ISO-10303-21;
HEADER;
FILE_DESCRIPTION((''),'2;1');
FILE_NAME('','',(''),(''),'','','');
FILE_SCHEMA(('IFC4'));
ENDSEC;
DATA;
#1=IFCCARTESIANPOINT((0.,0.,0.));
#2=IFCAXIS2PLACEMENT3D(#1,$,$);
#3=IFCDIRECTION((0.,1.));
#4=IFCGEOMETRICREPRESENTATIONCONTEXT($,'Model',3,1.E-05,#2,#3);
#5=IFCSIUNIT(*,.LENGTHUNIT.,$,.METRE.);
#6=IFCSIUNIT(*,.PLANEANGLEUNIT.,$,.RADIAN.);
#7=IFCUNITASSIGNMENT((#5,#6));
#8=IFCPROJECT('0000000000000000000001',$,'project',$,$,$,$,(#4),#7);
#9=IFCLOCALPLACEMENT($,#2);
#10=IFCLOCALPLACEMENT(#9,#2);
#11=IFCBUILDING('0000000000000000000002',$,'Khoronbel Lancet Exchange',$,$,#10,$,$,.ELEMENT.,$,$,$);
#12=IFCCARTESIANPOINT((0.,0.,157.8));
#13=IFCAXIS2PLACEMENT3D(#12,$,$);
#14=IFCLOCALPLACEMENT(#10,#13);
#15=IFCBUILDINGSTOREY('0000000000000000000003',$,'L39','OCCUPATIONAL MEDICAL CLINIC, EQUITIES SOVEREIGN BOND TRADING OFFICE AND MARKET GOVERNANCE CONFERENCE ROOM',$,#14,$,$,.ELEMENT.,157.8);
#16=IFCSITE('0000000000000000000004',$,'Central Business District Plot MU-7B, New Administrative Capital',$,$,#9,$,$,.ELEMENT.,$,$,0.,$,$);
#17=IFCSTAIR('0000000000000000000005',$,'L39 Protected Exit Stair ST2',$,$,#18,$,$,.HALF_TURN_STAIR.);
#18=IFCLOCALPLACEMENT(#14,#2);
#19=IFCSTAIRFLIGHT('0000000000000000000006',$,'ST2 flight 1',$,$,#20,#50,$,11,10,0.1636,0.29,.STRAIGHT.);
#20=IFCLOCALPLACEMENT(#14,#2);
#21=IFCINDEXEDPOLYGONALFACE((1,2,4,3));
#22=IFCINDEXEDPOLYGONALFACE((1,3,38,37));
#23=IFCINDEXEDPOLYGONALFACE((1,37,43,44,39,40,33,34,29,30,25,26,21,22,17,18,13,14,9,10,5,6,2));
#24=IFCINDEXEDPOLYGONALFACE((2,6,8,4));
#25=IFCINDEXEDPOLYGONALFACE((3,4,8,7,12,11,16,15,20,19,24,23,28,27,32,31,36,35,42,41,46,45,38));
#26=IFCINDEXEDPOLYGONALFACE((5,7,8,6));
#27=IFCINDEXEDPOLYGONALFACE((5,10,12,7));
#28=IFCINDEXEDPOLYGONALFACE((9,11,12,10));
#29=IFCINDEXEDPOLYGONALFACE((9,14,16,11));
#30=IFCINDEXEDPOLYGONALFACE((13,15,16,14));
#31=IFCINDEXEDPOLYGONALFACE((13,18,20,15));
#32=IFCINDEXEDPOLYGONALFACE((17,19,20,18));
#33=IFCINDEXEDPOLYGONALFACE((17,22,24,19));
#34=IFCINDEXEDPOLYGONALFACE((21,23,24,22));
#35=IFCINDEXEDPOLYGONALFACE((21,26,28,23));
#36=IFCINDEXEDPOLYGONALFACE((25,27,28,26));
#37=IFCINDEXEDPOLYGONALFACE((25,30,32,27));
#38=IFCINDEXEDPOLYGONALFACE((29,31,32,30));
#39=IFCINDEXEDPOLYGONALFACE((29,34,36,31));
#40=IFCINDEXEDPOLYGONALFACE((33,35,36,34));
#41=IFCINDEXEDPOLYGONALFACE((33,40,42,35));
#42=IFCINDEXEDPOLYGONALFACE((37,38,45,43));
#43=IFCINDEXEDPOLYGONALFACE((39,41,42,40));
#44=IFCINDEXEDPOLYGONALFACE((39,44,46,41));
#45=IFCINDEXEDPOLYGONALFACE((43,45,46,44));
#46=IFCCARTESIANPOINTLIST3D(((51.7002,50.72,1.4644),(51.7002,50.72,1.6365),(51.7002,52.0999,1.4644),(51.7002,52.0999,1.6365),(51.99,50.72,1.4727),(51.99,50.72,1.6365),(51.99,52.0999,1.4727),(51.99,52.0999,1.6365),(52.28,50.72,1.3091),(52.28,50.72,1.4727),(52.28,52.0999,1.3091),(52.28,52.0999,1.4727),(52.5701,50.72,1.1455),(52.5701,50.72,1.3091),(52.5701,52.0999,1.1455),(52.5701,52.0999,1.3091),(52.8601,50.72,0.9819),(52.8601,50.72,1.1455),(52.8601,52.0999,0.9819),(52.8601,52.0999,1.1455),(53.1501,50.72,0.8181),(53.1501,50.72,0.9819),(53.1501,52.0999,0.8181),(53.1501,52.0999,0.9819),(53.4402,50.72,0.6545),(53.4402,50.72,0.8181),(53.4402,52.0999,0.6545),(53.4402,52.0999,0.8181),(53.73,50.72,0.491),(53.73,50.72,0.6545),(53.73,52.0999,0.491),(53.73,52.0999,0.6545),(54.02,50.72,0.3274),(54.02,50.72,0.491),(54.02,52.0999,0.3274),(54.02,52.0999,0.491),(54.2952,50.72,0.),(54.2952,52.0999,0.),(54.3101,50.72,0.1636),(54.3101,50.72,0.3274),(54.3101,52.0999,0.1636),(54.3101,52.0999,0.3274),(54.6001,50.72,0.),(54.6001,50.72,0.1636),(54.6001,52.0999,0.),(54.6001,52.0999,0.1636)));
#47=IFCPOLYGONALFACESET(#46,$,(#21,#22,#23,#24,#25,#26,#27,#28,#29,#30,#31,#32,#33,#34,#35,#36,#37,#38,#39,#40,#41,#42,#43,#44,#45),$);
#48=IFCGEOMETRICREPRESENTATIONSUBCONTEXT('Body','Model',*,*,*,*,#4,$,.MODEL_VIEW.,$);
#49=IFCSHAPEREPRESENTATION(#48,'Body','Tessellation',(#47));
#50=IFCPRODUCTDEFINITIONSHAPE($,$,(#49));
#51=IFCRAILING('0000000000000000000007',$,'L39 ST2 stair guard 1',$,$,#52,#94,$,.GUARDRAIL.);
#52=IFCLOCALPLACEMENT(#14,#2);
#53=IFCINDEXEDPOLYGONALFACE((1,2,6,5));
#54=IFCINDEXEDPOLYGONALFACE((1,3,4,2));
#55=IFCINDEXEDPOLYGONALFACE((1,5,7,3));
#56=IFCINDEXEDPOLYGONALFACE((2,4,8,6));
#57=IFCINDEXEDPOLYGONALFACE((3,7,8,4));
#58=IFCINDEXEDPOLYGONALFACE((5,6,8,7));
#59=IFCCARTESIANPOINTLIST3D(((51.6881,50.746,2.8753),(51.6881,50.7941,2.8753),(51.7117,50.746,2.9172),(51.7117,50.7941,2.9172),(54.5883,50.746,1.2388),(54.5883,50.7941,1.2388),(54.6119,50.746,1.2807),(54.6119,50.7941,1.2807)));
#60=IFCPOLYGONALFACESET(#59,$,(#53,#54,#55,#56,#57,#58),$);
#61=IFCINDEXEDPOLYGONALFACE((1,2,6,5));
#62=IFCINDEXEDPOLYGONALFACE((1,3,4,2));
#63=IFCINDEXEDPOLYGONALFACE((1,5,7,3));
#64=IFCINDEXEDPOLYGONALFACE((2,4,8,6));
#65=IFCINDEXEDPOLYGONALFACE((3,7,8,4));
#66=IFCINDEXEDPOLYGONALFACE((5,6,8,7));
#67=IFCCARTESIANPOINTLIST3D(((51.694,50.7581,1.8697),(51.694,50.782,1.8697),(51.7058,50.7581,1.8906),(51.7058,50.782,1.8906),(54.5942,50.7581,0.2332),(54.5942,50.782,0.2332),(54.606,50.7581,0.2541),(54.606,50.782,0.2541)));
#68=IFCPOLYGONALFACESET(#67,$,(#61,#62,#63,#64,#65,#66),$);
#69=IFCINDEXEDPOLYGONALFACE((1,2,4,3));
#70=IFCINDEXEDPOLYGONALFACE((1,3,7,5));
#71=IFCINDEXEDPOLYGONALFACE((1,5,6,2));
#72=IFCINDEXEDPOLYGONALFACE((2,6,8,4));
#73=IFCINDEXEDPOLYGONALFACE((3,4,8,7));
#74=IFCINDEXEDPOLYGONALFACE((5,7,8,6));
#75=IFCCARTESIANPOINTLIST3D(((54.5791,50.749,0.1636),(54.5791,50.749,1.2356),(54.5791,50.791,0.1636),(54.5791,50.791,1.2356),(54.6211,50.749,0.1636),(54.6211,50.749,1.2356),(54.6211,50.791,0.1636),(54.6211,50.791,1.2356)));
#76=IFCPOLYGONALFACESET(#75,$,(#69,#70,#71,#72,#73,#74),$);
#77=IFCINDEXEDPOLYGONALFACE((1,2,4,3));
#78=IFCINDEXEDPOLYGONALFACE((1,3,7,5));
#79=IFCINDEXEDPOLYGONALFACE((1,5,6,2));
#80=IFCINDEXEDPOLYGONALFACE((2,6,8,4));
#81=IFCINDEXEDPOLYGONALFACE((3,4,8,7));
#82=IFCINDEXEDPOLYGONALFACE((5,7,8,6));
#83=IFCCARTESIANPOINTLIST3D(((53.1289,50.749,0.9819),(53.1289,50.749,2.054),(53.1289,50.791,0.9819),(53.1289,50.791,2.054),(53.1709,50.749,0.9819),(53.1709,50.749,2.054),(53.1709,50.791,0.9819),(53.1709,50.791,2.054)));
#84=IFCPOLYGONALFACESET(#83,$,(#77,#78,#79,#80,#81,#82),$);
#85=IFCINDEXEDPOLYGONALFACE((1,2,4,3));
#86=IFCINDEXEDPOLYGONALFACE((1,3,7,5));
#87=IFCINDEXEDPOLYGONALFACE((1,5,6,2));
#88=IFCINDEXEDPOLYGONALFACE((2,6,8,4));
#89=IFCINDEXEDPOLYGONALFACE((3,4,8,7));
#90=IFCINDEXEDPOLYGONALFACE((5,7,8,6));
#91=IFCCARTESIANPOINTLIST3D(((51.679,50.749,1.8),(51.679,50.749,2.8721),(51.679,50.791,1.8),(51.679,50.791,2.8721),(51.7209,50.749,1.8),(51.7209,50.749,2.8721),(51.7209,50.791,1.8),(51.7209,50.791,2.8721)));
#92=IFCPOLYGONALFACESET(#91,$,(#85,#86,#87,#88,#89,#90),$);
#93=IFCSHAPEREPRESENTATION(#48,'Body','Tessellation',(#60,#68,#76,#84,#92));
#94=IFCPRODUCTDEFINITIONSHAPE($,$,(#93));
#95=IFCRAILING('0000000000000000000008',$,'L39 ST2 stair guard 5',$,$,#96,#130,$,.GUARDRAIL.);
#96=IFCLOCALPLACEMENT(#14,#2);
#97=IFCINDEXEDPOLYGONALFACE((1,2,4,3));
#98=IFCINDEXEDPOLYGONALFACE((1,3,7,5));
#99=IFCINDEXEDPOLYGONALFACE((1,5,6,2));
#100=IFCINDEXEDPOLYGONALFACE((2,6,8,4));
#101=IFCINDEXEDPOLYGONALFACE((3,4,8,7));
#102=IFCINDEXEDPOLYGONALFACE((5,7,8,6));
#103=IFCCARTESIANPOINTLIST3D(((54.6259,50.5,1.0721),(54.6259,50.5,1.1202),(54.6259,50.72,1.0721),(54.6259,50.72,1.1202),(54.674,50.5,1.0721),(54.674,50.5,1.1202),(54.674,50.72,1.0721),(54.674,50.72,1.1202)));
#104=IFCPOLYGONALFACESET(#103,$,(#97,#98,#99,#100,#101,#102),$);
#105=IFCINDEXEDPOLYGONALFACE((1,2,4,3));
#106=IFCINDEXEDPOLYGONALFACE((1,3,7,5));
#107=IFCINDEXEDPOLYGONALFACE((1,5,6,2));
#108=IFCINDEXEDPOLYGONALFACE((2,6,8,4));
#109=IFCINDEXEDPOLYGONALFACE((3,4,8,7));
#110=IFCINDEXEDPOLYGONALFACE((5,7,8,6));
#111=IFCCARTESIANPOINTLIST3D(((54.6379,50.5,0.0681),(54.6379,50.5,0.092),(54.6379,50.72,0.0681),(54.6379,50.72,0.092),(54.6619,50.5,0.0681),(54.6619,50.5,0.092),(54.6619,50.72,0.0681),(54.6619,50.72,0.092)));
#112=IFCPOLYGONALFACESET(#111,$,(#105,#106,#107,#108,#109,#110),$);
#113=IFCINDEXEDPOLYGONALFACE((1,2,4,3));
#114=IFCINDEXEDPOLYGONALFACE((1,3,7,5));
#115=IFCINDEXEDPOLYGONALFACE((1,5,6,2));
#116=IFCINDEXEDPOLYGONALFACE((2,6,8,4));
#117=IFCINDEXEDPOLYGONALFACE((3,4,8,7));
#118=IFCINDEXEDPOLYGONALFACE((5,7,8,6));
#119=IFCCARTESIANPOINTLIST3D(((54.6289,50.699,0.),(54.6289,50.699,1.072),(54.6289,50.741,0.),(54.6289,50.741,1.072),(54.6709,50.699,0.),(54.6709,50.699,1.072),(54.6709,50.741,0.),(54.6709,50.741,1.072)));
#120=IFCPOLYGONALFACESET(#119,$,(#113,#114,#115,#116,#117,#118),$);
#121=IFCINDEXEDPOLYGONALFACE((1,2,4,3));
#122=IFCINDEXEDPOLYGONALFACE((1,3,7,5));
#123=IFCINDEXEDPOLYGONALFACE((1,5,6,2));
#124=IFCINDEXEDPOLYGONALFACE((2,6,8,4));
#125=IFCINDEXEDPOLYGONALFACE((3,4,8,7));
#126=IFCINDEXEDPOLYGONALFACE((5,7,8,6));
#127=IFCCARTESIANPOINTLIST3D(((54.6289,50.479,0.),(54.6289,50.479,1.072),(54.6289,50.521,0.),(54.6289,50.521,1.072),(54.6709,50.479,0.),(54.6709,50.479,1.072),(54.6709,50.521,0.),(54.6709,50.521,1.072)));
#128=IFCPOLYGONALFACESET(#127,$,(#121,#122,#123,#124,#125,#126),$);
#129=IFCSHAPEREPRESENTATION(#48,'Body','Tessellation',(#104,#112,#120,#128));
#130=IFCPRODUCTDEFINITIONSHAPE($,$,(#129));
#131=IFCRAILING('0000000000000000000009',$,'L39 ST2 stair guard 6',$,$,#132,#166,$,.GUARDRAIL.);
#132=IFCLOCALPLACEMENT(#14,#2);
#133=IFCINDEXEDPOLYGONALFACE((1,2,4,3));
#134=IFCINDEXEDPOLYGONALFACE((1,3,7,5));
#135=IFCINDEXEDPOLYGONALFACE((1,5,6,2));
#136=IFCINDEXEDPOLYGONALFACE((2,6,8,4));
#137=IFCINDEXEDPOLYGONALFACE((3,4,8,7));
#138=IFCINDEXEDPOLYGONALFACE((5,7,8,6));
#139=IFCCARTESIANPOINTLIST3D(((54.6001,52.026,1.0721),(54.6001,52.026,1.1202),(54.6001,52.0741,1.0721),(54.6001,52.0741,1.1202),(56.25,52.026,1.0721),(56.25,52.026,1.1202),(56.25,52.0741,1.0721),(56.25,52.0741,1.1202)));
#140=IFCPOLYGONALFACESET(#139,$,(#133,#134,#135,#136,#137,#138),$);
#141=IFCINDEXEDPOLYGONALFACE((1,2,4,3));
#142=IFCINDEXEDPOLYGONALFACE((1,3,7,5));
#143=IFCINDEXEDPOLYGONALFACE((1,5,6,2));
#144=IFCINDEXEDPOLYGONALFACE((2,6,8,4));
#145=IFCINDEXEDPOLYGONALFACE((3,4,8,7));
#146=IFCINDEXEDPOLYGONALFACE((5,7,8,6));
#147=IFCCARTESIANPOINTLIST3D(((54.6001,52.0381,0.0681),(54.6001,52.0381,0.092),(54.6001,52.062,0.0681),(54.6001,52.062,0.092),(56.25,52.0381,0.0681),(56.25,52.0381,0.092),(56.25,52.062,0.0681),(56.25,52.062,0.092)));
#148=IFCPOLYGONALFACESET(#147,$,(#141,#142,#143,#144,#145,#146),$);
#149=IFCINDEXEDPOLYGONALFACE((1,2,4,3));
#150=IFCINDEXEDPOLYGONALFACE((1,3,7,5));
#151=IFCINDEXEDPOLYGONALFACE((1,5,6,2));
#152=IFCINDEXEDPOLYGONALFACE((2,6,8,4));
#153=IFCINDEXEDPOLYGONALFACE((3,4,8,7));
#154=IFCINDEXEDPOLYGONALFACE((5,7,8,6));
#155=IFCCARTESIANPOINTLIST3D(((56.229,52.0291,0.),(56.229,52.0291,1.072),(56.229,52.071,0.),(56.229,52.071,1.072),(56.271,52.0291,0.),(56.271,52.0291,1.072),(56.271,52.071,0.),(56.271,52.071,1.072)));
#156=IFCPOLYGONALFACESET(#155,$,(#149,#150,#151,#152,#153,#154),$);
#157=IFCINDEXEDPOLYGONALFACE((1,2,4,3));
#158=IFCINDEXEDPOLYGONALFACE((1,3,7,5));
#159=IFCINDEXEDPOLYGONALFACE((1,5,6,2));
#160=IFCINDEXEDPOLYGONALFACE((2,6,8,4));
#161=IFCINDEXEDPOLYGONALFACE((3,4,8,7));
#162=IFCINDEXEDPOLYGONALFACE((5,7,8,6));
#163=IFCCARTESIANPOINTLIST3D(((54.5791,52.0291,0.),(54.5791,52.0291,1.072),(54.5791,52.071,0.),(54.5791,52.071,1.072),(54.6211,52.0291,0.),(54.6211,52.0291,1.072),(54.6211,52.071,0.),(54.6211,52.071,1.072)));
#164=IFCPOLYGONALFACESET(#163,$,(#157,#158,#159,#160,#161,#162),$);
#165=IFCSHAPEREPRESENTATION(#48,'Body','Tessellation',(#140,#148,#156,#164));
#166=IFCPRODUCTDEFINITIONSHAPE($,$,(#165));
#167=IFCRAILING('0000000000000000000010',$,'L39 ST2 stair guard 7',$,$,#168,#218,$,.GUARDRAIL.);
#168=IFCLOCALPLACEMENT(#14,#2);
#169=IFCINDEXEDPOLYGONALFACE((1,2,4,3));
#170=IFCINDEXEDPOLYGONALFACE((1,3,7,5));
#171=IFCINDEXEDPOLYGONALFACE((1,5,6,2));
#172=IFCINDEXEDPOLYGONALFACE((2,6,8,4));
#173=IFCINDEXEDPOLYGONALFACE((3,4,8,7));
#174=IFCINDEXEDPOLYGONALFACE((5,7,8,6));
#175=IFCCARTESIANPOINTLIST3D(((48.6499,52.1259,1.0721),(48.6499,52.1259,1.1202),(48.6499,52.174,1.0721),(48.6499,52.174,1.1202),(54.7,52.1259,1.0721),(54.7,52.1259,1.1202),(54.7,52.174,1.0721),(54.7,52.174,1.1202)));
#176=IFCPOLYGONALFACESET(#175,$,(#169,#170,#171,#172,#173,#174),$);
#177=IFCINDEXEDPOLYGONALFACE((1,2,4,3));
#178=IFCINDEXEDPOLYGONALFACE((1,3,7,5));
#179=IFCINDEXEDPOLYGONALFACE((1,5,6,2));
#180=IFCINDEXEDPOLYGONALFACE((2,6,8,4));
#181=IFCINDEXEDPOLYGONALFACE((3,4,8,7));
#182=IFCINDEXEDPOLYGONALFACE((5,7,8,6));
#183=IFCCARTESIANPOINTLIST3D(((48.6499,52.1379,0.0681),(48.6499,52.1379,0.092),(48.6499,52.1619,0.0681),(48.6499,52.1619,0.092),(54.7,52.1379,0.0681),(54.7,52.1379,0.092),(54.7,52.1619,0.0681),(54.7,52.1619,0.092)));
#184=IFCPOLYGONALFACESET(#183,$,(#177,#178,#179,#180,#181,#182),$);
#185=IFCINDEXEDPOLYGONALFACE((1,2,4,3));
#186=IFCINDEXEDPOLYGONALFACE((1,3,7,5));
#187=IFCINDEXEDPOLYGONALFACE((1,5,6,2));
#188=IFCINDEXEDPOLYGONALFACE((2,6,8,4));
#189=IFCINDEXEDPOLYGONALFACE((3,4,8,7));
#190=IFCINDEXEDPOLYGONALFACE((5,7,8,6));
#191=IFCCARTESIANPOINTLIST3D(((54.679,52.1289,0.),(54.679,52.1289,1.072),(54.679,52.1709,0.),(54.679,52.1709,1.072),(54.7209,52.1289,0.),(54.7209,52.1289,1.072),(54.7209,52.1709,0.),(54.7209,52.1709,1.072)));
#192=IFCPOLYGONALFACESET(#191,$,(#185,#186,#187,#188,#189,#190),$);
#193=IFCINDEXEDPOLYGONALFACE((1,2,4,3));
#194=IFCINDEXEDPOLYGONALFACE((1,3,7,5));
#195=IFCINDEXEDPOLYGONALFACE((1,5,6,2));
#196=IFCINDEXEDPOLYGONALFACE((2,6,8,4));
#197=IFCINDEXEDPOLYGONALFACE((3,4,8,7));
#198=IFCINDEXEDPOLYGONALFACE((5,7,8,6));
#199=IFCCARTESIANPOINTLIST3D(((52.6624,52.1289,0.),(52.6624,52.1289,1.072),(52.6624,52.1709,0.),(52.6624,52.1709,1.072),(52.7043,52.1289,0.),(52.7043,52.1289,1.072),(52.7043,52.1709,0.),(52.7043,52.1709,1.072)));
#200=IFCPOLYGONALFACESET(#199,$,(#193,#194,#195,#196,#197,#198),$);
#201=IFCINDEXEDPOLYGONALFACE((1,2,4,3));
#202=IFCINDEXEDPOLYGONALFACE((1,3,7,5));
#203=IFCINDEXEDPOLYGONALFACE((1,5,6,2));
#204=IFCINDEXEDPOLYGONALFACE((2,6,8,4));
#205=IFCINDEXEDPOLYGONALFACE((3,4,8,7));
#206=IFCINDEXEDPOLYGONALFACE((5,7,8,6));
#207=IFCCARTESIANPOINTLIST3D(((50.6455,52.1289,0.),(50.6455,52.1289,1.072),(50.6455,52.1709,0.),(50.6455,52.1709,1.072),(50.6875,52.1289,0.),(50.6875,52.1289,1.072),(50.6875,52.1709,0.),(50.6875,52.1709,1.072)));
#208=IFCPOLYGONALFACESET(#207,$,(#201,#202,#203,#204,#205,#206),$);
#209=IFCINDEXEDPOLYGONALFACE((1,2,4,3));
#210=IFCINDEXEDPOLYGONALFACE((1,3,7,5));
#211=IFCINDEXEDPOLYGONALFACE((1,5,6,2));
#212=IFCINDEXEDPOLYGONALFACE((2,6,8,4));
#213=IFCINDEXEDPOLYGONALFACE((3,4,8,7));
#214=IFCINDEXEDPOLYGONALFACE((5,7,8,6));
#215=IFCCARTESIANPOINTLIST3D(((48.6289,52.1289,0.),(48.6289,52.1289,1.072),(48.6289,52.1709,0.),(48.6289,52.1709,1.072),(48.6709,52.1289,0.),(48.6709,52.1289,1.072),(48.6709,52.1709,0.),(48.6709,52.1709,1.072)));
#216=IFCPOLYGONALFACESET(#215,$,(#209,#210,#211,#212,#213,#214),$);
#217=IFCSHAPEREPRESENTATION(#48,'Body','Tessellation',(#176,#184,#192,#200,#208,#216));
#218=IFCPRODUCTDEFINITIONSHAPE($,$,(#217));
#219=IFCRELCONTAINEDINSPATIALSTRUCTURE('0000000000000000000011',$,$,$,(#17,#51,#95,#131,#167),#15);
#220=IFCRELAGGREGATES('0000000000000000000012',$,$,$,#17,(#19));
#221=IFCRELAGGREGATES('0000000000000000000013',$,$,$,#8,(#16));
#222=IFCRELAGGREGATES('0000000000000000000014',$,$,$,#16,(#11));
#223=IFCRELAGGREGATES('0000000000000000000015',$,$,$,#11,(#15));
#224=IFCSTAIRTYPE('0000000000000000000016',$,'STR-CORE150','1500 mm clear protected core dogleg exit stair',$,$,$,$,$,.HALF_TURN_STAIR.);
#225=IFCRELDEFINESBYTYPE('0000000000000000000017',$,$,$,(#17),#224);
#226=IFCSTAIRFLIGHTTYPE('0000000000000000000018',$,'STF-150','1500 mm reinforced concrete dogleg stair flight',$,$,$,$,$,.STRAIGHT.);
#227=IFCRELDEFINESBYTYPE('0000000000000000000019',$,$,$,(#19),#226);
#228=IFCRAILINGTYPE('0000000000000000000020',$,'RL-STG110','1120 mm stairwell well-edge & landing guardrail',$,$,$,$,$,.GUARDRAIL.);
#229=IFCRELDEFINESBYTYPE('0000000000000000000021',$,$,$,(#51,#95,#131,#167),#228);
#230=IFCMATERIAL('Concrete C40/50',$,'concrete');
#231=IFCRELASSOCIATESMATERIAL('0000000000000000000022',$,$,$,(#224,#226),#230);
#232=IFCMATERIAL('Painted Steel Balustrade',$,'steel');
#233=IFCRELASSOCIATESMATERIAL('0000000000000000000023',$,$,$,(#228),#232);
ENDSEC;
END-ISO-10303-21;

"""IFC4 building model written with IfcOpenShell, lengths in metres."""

from ifc_helpers import new_model, si_unit, direction, frame, origin, origin_2d, place, context, subcontext, project, spatial, polyline, rectangle, outline, extrude, material, type_object, element, aggregate, save


model = new_model("IFC4")

# Units and contexts
model_context = context("Model", 3, precision=1e-05, world=origin(), true_north=direction((0.0, 1.0)))
body_context = subcontext(model_context, "Body", "Model", "MODEL_VIEW")
ifc_project = project(units=[si_unit("LENGTHUNIT", "METRE"), si_unit("PLANEANGLEUNIT", "RADIAN")], contexts=[model_context])

# Site, building, storey
site_placement = place(None, origin())
site = spatial("IfcSite", under=ifc_project, at=site_placement, Name="Central Business District Plot MU-7B, New Administrative Capital", CompositionType="ELEMENT", RefElevation=0.0)
building_placement = place(site_placement, origin())
building = spatial("IfcBuilding", under=site, at=building_placement, Name="Khoronbel Lancet Exchange", CompositionType="ELEMENT")
storey_placement = place(building_placement, frame((0.0, 0.0, 157.8)))
storey = spatial("IfcBuildingStorey", under=building, at=storey_placement, Name="L39", Description="OCCUPATIONAL MEDICAL CLINIC, EQUITIES SOVEREIGN BOND TRADING OFFICE AND MARKET GOVERNANCE CONFERENCE ROOM", CompositionType="ELEMENT", Elevation=157.8)

# Stair, stair flight
ifc_material_1 = material(Name="Concrete C40/50", Category="concrete")
stair_type = type_object("IfcStairType", Name="STR-CORE150", Description="1500 mm clear protected core dogleg exit stair", PredefinedType="HALF_TURN_STAIR", material=ifc_material_1)
stair_placement = place(storey_placement, origin())
stair = element("IfcStair", 1, at=stair_placement, inside=storey, type_object=stair_type, Name="L39 Protected Exit Stair ST2", PredefinedType="HALF_TURN_STAIR")
stair_flight_type = type_object("IfcStairFlightType", Name="STF-150", Description="1500 mm reinforced concrete dogleg stair flight", PredefinedType="STRAIGHT", material=ifc_material_1)
stair_flight_placement = place(storey_placement, frame((54.6001, 51.4099, 0.0), z_axis=(0.0, 0.0, 1.0), x_axis=(-1.0, 0.0, 0.0)))
stair_flight = element("IfcStairFlight", 2, at=stair_flight_placement, type_object=stair_flight_type, Name="ST2 flight 1", NumberOfRisers=11, NumberOfTreads=10, PredefinedType="STRAIGHT", RiserHeight=0.1636, TreadLength=0.29, context=body_context, shape_type="SweptSolid", body=[
    extrude(outline(polyline([(0.0, 0.0), (0.0, 0.1636), (0.29, 0.1636), (0.29, 0.3274), (0.5801, 0.3274), (0.5801, 0.491), (0.8701, 0.491), (0.8701, 0.6545), (1.1599, 0.6545), (1.1599, 0.8181), (1.45, 0.8181), (1.45, 0.9819), (1.74, 0.9819), (1.74, 1.1455), (2.03, 1.1455), (2.03, 1.3091), (2.3201, 1.3091), (2.3201, 1.4727), (2.6101, 1.4727), (2.6101, 1.6365), (2.8999, 1.6365), (2.8999, 1.8), (2.8999, 1.4644), (0.3049, 0.0), (0.0, 0.0)])), frame((0.0, 0.6899, 0.0), z_axis=(0.0, -1.0, 0.0), x_axis=(1.0, 0.0, 0.0)), (0.0, 0.0, 1.0), 1.3799),
])
aggregate(stair, [stair_flight])

# Railings
ifc_material_2 = material(Name="Painted Steel Balustrade", Category="steel")
railing_type_1 = type_object("IfcRailingType", Name="RL-STG110", Description="1120 mm stairwell well-edge & landing guardrail", PredefinedType="GUARDRAIL", material=ifc_material_2)
railing_1_placement = place(storey_placement, frame((54.6001, 50.77, 0.1636)))
element("IfcRailing", 3, at=railing_1_placement, inside=storey, type_object=railing_type_1, Name="L39 ST2 stair guard 1", PredefinedType="GUARDRAIL", context=body_context, shape_type="SweptSolid", body=[
    extrude(rectangle(XDim=0.0481, YDim=0.0481, at=origin_2d()), frame((0.0, 0.0, 1.0962), z_axis=(-0.870915, 0.0, 0.491434), x_axis=(0.0, -1.0, 0.0)), (0.0, 0.0, 1.0), 3.3301),
    extrude(rectangle(XDim=0.0239, YDim=0.0239, at=origin_2d()), frame((0.0, 0.0, 0.0801), z_axis=(-0.870915, 0.0, 0.491434), x_axis=(0.0, -1.0, 0.0)), (0.0, 0.0, 1.0), 3.3301),
    extrude(rectangle(XDim=0.042, YDim=0.042, at=origin_2d()), origin(), (0.0, 0.0, 1.0), 1.072),
    extrude(rectangle(XDim=0.042, YDim=0.042, at=origin_2d()), frame((-1.4502, 0.0, 0.8184)), (0.0, 0.0, 1.0), 1.072),
    extrude(rectangle(XDim=0.042, YDim=0.042, at=origin_2d()), frame((-2.9001, 0.0, 1.6365)), (0.0, 0.0, 1.0), 1.072),
])
railing_2_placement = place(storey_placement, frame((54.6499, 50.72, 0.0)))
element("IfcRailing", 4, at=railing_2_placement, inside=storey, type_object=railing_type_1, Name="L39 ST2 stair guard 5", PredefinedType="GUARDRAIL", context=body_context, shape_type="SweptSolid", body=[
    extrude(rectangle(XDim=0.0481, YDim=0.0481, at=origin_2d()), frame((0.0, 0.0, 1.0962), z_axis=(0.0, -1.0, 0.0), x_axis=(1.0, 0.0, 0.0)), (0.0, 0.0, 1.0), 0.22),
    extrude(rectangle(XDim=0.0239, YDim=0.0239, at=origin_2d()), frame((0.0, 0.0, 0.0801), z_axis=(0.0, -1.0, 0.0), x_axis=(1.0, 0.0, 0.0)), (0.0, 0.0, 1.0), 0.22),
    extrude(rectangle(XDim=0.042, YDim=0.042, at=origin_2d()), origin(), (0.0, 0.0, 1.0), 1.072),
    extrude(rectangle(XDim=0.042, YDim=0.042, at=origin_2d()), frame((0.0, -0.22, 0.0)), (0.0, 0.0, 1.0), 1.072),
])
railing_3_placement = place(storey_placement, frame((56.25, 52.05, 0.0)))
element("IfcRailing", 5, at=railing_3_placement, inside=storey, type_object=railing_type_1, Name="L39 ST2 stair guard 6", PredefinedType="GUARDRAIL", context=body_context, shape_type="SweptSolid", body=[
    extrude(rectangle(XDim=0.0481, YDim=0.0481, at=origin_2d()), frame((0.0, 0.0, 1.0962), z_axis=(-1.0, 0.0, 0.0), x_axis=(0.0, -1.0, 0.0)), (0.0, 0.0, 1.0), 1.6499),
    extrude(rectangle(XDim=0.0239, YDim=0.0239, at=origin_2d()), frame((0.0, 0.0, 0.0801), z_axis=(-1.0, 0.0, 0.0), x_axis=(0.0, -1.0, 0.0)), (0.0, 0.0, 1.0), 1.6499),
    extrude(rectangle(XDim=0.042, YDim=0.042, at=origin_2d()), origin(), (0.0, 0.0, 1.0), 1.072),
    extrude(rectangle(XDim=0.042, YDim=0.042, at=origin_2d()), frame((-1.6499, 0.0, 0.0)), (0.0, 0.0, 1.0), 1.072),
])
railing_4_placement = place(storey_placement, frame((54.7, 52.1499, 0.0)))
element("IfcRailing", 6, at=railing_4_placement, inside=storey, type_object=railing_type_1, Name="L39 ST2 stair guard 7", PredefinedType="GUARDRAIL", context=body_context, shape_type="SweptSolid", body=[
    extrude(rectangle(XDim=0.0481, YDim=0.0481, at=origin_2d()), frame((0.0, 0.0, 1.0962), z_axis=(-1.0, 0.0, 0.0), x_axis=(0.0, -1.0, 0.0)), (0.0, 0.0, 1.0), 6.05),
    extrude(rectangle(XDim=0.0239, YDim=0.0239, at=origin_2d()), frame((0.0, 0.0, 0.0801), z_axis=(-1.0, 0.0, 0.0), x_axis=(0.0, -1.0, 0.0)), (0.0, 0.0, 1.0), 6.05),
    extrude(rectangle(XDim=0.042, YDim=0.042, at=origin_2d()), origin(), (0.0, 0.0, 1.0), 1.072),
    extrude(rectangle(XDim=0.042, YDim=0.042, at=origin_2d()), frame((-2.0166, 0.0, 0.0)), (0.0, 0.0, 1.0), 1.072),
    extrude(rectangle(XDim=0.042, YDim=0.042, at=origin_2d()), frame((-4.0334, 0.0, 0.0)), (0.0, 0.0, 1.0), 1.072),
    extrude(rectangle(XDim=0.042, YDim=0.042, at=origin_2d()), frame((-6.05, 0.0, 0.0)), (0.0, 0.0, 1.0), 1.072),
])

save(model, "model.ifc")
